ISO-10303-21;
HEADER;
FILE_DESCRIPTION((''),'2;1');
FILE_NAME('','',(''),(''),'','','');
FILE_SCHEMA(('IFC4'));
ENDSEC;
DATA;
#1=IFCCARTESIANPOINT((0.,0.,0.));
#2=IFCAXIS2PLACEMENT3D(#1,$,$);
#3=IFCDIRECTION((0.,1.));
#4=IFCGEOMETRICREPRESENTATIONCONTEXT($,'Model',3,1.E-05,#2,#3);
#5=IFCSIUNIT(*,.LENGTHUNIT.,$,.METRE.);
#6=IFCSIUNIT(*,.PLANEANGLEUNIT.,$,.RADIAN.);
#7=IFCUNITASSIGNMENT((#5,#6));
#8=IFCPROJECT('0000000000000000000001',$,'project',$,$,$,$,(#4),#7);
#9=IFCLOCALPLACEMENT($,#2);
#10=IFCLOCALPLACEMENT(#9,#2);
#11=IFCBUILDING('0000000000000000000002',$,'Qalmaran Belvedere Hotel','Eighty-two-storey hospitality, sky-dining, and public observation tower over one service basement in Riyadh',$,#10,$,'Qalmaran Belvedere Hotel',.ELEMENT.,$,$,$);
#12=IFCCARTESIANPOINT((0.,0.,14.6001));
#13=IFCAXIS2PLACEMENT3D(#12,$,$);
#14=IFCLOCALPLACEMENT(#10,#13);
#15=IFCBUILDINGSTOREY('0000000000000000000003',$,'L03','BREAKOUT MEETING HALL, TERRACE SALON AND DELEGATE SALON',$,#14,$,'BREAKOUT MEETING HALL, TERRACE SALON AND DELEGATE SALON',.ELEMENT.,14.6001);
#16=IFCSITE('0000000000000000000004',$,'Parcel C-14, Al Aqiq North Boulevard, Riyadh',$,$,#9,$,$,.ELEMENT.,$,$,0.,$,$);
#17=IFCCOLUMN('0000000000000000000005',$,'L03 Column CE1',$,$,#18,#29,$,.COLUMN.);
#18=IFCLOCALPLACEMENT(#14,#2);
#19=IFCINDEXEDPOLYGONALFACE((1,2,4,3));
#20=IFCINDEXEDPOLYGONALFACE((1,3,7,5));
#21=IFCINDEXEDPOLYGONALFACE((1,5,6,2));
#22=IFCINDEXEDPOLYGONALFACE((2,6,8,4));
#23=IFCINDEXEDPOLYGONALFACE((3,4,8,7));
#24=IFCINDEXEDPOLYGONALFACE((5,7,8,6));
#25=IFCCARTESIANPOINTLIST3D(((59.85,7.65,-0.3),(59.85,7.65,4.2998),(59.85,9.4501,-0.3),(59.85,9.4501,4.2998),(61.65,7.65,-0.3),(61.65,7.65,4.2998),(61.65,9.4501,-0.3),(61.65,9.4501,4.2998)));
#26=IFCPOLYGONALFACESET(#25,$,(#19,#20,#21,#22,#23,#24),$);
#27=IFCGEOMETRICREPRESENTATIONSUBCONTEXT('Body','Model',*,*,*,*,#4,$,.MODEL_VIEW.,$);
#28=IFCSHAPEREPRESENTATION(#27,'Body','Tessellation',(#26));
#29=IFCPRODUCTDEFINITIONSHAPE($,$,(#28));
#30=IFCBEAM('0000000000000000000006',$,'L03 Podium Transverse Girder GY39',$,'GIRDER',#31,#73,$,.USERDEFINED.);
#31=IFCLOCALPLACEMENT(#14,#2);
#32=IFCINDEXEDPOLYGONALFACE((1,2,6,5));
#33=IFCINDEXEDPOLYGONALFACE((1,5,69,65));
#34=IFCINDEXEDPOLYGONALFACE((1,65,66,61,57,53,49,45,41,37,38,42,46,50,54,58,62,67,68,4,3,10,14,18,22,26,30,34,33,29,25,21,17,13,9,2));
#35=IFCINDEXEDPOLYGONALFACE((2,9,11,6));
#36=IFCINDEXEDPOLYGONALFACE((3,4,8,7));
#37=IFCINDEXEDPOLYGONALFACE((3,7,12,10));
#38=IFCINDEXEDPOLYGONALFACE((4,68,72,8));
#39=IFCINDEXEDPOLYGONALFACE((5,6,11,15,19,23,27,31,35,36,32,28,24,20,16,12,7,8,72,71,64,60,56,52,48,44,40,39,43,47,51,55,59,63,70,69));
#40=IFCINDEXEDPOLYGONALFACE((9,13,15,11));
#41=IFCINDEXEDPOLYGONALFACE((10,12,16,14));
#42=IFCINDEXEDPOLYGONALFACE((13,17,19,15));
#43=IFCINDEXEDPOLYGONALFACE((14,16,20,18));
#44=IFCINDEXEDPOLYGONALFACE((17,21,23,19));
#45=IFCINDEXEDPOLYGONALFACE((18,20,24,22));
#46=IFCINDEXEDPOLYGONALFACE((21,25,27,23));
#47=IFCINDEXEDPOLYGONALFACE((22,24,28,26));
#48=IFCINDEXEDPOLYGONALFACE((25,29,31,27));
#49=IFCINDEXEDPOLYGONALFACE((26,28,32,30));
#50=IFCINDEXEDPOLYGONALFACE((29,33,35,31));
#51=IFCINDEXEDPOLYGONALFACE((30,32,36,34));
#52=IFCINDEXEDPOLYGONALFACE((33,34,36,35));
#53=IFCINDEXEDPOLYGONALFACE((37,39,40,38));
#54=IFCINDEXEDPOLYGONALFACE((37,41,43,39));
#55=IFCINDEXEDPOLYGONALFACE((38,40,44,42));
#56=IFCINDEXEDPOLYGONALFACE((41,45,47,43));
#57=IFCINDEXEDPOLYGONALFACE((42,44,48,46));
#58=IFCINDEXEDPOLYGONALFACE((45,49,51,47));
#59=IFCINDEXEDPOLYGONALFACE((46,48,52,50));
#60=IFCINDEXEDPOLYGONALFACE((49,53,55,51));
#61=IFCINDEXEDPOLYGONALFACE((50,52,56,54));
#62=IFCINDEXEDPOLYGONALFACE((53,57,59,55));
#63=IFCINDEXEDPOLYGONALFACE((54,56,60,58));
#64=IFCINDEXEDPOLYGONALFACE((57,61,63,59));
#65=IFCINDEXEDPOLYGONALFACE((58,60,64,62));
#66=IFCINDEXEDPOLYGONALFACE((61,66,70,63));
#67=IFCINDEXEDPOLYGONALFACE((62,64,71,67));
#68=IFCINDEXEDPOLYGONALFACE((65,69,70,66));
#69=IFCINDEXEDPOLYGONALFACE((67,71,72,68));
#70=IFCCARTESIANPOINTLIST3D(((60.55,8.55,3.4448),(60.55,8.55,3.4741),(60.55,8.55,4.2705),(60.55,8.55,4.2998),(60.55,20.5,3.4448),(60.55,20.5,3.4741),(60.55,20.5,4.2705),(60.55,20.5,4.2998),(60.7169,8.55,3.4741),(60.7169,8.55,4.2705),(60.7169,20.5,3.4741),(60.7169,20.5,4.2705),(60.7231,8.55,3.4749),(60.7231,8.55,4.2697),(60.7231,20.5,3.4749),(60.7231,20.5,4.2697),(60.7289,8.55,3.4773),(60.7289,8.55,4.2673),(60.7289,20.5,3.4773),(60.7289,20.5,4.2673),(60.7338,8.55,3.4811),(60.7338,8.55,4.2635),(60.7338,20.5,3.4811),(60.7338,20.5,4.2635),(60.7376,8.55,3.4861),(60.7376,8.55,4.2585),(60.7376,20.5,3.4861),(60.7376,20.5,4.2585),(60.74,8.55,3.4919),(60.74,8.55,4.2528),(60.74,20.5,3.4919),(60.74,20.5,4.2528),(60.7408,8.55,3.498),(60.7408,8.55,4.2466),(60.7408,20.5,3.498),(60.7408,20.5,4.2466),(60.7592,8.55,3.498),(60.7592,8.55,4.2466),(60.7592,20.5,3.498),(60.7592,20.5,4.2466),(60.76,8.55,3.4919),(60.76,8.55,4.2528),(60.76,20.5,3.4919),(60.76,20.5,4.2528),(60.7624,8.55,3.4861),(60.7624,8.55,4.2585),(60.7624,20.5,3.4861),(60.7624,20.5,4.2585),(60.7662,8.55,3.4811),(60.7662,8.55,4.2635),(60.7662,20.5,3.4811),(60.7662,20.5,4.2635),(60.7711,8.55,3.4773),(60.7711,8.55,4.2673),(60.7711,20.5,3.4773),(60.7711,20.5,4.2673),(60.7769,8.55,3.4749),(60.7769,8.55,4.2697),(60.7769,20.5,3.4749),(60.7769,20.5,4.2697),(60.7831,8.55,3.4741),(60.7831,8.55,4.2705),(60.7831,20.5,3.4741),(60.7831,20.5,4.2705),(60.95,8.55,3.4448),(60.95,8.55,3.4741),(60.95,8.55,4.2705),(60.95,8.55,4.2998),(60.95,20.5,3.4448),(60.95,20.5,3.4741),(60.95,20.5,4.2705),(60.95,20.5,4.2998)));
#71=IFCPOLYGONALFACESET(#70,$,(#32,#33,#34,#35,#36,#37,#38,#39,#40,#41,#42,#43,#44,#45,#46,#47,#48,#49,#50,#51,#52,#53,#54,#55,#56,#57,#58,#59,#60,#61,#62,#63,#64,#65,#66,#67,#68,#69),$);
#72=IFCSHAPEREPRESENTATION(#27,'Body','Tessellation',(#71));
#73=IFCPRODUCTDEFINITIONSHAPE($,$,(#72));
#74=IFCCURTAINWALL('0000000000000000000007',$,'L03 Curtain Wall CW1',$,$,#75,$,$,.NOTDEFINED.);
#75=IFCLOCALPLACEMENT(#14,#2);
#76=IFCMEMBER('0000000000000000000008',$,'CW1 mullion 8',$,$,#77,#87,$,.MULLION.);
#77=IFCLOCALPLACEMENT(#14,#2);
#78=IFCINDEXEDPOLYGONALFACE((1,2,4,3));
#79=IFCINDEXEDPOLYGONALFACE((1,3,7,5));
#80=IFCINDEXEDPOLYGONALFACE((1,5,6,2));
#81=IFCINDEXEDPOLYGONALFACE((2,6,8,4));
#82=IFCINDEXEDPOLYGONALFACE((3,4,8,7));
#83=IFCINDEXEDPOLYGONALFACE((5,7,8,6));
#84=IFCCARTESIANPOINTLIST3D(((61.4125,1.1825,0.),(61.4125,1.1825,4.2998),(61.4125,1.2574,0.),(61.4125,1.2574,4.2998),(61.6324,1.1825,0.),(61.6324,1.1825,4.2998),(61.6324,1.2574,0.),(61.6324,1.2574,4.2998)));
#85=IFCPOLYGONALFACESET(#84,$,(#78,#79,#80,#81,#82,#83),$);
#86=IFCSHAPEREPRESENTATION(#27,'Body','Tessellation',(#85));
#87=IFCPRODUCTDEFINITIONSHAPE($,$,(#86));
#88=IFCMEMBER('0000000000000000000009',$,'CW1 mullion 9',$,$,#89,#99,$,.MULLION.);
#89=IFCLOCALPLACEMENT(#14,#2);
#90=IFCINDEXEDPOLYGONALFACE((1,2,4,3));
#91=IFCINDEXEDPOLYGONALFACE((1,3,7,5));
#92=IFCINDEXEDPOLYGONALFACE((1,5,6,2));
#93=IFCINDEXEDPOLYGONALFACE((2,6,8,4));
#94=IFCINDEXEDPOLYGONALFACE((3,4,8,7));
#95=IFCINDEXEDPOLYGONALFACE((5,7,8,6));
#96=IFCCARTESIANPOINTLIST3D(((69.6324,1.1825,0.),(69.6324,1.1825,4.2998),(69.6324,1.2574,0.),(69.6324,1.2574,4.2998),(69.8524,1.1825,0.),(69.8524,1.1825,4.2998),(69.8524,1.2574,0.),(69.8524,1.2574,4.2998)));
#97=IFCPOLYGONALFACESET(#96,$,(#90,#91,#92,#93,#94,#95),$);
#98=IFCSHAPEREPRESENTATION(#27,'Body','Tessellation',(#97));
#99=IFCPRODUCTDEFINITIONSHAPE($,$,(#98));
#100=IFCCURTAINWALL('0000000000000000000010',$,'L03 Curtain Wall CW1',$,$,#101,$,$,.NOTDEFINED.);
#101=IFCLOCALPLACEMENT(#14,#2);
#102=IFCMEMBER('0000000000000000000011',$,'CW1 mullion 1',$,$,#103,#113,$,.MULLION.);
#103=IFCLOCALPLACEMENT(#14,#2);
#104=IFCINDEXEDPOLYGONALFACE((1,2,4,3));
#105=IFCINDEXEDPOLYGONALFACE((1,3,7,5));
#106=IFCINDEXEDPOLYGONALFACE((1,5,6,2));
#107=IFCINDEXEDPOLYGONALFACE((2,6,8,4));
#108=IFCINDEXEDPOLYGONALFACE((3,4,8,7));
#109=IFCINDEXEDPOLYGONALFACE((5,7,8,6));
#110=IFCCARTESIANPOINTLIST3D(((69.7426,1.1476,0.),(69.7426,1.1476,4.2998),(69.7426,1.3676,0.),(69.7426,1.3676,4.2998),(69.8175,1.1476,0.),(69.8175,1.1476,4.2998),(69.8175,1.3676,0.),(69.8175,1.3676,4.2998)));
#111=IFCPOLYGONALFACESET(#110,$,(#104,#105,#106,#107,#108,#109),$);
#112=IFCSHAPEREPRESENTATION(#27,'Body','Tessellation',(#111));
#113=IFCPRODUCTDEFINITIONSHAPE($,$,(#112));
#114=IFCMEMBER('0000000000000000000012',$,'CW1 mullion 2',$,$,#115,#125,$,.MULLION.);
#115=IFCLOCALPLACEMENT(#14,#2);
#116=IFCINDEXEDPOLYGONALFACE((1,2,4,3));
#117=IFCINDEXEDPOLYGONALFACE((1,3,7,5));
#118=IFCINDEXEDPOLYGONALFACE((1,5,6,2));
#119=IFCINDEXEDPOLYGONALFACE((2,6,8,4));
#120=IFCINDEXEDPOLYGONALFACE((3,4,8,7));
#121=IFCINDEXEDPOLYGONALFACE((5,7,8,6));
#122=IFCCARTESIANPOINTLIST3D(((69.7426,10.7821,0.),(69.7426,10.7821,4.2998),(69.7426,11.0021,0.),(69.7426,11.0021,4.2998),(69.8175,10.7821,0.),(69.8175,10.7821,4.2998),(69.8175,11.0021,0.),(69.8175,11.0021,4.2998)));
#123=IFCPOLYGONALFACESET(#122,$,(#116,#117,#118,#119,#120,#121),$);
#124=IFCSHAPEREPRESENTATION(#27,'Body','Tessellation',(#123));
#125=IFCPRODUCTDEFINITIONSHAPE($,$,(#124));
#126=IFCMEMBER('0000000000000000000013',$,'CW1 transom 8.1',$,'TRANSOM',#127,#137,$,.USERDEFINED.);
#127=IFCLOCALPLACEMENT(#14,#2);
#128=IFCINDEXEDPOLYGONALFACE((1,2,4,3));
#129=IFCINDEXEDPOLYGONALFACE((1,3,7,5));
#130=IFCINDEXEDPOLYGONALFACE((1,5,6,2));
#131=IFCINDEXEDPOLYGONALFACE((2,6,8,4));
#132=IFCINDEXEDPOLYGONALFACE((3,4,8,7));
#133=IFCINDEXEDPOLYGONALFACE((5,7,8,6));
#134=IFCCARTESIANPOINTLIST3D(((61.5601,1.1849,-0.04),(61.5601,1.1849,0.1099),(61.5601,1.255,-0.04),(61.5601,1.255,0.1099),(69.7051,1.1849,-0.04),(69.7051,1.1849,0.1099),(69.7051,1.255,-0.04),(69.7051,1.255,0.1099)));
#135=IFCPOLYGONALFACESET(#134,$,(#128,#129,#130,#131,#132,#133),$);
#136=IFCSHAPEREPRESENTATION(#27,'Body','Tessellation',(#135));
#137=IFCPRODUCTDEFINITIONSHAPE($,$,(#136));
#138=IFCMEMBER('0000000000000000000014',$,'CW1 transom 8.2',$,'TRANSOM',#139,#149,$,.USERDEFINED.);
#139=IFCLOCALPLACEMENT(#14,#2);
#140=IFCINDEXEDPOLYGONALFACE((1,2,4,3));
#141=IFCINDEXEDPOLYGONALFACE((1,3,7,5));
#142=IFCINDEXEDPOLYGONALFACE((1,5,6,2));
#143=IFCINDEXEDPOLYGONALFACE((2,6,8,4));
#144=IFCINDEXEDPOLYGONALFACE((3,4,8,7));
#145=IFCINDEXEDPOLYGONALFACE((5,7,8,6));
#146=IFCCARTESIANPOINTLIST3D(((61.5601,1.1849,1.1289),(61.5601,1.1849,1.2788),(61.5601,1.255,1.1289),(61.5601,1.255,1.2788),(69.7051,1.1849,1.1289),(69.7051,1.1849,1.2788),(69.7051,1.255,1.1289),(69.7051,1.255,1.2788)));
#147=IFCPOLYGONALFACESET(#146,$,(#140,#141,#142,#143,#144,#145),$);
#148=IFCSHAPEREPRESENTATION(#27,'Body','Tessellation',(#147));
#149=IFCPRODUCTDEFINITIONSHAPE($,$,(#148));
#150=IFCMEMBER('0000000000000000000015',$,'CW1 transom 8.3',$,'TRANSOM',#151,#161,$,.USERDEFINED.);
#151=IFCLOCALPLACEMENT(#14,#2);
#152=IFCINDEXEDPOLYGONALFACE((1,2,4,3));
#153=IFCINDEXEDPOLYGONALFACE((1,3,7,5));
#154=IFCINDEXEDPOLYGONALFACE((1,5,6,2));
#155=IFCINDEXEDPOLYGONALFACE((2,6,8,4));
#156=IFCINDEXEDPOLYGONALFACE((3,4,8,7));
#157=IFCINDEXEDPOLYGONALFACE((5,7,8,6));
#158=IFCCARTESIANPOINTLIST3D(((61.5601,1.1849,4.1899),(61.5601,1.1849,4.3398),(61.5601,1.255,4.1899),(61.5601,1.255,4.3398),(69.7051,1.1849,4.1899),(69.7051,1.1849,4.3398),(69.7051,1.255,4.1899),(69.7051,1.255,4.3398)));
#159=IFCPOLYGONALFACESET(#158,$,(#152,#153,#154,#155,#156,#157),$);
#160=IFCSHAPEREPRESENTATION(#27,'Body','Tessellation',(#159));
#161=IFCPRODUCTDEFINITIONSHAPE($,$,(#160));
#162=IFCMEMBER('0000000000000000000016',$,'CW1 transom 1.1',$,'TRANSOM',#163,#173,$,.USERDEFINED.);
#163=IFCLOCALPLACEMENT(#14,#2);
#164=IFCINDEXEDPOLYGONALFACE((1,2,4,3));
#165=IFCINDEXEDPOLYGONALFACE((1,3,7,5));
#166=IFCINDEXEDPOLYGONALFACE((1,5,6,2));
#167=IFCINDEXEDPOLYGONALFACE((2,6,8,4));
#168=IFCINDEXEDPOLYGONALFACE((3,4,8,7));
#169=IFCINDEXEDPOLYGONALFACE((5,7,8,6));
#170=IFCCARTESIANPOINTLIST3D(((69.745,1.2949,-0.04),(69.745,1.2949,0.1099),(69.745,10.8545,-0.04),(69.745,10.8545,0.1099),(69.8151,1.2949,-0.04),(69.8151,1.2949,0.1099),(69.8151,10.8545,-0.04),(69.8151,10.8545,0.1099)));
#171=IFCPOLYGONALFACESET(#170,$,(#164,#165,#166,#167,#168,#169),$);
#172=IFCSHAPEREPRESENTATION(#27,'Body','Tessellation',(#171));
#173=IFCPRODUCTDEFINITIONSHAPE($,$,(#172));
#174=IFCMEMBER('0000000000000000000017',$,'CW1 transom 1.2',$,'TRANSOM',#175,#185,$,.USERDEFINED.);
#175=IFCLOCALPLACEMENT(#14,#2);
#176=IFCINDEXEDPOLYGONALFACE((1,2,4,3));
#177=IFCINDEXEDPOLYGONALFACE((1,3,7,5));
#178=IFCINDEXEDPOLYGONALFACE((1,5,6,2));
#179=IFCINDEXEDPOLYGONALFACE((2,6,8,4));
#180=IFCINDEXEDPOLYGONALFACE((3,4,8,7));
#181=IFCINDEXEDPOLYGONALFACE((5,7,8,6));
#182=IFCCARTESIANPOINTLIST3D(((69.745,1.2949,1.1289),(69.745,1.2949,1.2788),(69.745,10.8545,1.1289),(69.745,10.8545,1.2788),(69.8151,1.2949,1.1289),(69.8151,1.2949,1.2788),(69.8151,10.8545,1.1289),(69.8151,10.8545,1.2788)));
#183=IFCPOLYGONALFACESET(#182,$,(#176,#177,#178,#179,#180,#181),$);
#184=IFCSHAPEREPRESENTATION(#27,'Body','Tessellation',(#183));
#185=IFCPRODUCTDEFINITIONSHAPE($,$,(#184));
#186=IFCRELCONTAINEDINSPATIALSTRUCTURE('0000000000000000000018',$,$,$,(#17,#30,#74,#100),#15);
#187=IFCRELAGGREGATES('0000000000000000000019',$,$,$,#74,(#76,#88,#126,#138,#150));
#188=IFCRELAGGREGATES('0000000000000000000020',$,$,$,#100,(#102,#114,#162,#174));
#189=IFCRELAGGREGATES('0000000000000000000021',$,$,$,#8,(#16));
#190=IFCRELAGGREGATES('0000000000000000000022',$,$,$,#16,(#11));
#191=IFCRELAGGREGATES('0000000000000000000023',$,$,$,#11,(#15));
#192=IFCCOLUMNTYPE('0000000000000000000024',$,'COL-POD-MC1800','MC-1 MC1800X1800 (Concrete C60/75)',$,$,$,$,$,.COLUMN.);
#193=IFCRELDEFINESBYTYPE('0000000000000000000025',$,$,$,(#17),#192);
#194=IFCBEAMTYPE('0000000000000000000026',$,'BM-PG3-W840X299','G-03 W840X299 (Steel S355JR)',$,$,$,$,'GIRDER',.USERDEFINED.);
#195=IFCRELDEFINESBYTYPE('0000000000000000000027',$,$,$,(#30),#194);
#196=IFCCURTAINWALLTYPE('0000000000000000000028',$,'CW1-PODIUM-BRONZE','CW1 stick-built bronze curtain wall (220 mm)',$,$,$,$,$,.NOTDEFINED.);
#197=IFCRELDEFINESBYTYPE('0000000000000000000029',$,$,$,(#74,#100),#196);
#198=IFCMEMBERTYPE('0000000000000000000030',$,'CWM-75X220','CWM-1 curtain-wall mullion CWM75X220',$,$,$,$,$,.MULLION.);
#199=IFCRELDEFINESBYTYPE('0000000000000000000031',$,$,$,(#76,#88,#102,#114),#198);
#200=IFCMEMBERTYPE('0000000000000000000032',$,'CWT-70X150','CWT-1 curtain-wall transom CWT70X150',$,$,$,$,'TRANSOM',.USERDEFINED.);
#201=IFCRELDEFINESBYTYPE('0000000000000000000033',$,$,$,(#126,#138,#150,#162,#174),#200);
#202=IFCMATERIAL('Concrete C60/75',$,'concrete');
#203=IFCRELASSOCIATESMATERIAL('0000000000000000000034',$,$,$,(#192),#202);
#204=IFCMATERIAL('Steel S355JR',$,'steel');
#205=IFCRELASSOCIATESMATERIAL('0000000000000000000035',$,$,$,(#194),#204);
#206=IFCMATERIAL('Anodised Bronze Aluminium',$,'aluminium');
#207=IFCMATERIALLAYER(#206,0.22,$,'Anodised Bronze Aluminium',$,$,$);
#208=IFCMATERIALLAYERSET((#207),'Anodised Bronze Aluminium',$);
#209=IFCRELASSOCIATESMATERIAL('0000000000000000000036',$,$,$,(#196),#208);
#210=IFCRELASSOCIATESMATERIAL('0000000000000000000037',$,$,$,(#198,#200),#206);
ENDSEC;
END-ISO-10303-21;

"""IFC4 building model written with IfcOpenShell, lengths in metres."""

from ifc_helpers import new_model, si_unit, direction, frame, origin, origin_2d, place, context, subcontext, project, spatial, rectangle, i_section, extrude, material, layer, layer_set, material_profile, profile_set, type_object, element, aggregate, save


model = new_model("IFC4")

# Units and contexts
model_context = context("Model", 3, precision=1e-05, world=origin(), true_north=direction((0.0, 1.0)))
body_context = subcontext(model_context, "Body", "Model", "MODEL_VIEW")
ifc_project = project(units=[si_unit("LENGTHUNIT", "METRE"), si_unit("PLANEANGLEUNIT", "RADIAN")], contexts=[model_context])

# Site, building, storey
site_placement = place(None, origin())
site = spatial("IfcSite", under=ifc_project, at=site_placement, Name="Parcel C-14, Al Aqiq North Boulevard, Riyadh", CompositionType="ELEMENT", RefElevation=0.0)
building_placement = place(site_placement, origin())
building = spatial("IfcBuilding", under=site, at=building_placement, Name="Qalmaran Belvedere Hotel", Description="Eighty-two-storey hospitality, sky-dining, and public observation tower over one service basement in Riyadh", LongName="Qalmaran Belvedere Hotel", CompositionType="ELEMENT")
storey_placement = place(building_placement, frame((0.0, 0.0, 14.6001)))
storey = spatial("IfcBuildingStorey", under=building, at=storey_placement, Name="L03", Description="BREAKOUT MEETING HALL, TERRACE SALON AND DELEGATE SALON", LongName="BREAKOUT MEETING HALL, TERRACE SALON AND DELEGATE SALON", CompositionType="ELEMENT", Elevation=14.6001)

# Column
ifc_material_1 = material(Name="Concrete C60/75", Category="concrete")
ifc_material_profile_1 = material_profile(ifc_material_1, rectangle(XDim=1.8, YDim=1.8, at=origin_2d()), Name="MC1800X1800")
ifc_profile_set_1 = profile_set([ifc_material_profile_1], Name="Concrete C60/75")
column_type = type_object("IfcColumnType", Name="COL-POD-MC1800", Description="MC-1 MC1800X1800 (Concrete C60/75)", PredefinedType="COLUMN", material=ifc_profile_set_1)
column_placement = place(storey_placement, frame((60.75, 8.55, -0.3), z_axis=(0.0, 0.0, 1.0), x_axis=(1.0, 0.0, 0.0)))
element("IfcColumn", 1, at=column_placement, inside=storey, type_object=column_type, Name="L03 Column CE1", PredefinedType="COLUMN", context=body_context, shape_type="SweptSolid", body=[
    extrude(rectangle(XDim=1.8, YDim=1.8, at=origin_2d()), origin(), (0.0, 0.0, 1.0), 4.5999),
])

# Beam
ifc_material_2 = material(Name="Steel S355JR", Category="steel")
ifc_material_profile_2 = material_profile(ifc_material_2, i_section(OverallWidth=0.3999, OverallDepth=0.855, WebThickness=0.0183, FlangeThickness=0.0293, FilletRadius=0.0239, at=origin_2d()), Name="W840X299")
ifc_profile_set_2 = profile_set([ifc_material_profile_2], Name="Steel S355JR")
beam_type = type_object("IfcBeamType", Name="BM-PG3-W840X299", Description="G-03 W840X299 (Steel S355JR)", ElementType="GIRDER", PredefinedType="USERDEFINED", material=ifc_profile_set_2)
beam_placement = place(storey_placement, frame((60.75, 8.55, 3.8723), z_axis=(0.0, 1.0, 0.0), x_axis=(-1.0, 0.0, 0.0)))
element("IfcBeam", 2, at=beam_placement, inside=storey, type_object=beam_type, Name="L03 Podium Transverse Girder GY39", ObjectType="GIRDER", PredefinedType="USERDEFINED", context=body_context, shape_type="SweptSolid", body=[
    extrude(i_section(OverallWidth=0.3999, OverallDepth=0.855, WebThickness=0.0183, FlangeThickness=0.0293, FilletRadius=0.0239, at=origin_2d()), origin(), (0.0, 0.0, 1.0), 11.95),
])

# Curtain walls, members
ifc_material_3 = material(Name="Anodised Bronze Aluminium", Category="aluminium")
ifc_layer_1 = layer(ifc_material_3, 0.22, Name="Anodised Bronze Aluminium")
ifc_layer_set_1 = layer_set([ifc_layer_1], Name="Anodised Bronze Aluminium")
curtain_wall_type = type_object("IfcCurtainWallType", Name="CW1-PODIUM-BRONZE", Description="CW1 stick-built bronze curtain wall (220 mm)", PredefinedType="NOTDEFINED", material=ifc_layer_set_1)
curtain_wall_1_placement = place(storey_placement, origin())
curtain_wall_1 = element("IfcCurtainWall", 3, at=curtain_wall_1_placement, inside=storey, type_object=curtain_wall_type, Name="L03 Curtain Wall CW1", PredefinedType="NOTDEFINED")
ifc_material_profile_3 = material_profile(ifc_material_3, rectangle(XDim=0.075, YDim=0.22, at=origin_2d()), Name="CWM75X220")
ifc_profile_set_3 = profile_set([ifc_material_profile_3], Name="Anodised Bronze Aluminium")
member_type_1 = type_object("IfcMemberType", Name="CWM-75X220", Description="CWM-1 curtain-wall mullion CWM75X220", PredefinedType="MULLION", material=ifc_profile_set_3)
member_1_placement = place(storey_placement, frame((61.5225, 1.22, 0.0), z_axis=(0.0, 0.0, 1.0), x_axis=(0.0, 1.0, 0.0)))
member_1 = element("IfcMember", 4, at=member_1_placement, type_object=member_type_1, Name="CW1 mullion 8", PredefinedType="MULLION", context=body_context, shape_type="SweptSolid", body=[
    extrude(rectangle(XDim=0.075, YDim=0.22, at=origin_2d()), origin(), (0.0, 0.0, 1.0), 4.2998),
])
member_2_placement = place(storey_placement, frame((69.7424, 1.22, 0.0), z_axis=(0.0, 0.0, 1.0), x_axis=(0.0, 1.0, 0.0)))
member_2 = element("IfcMember", 5, at=member_2_placement, type_object=member_type_1, Name="CW1 mullion 9", PredefinedType="MULLION", context=body_context, shape_type="SweptSolid", body=[
    extrude(rectangle(XDim=0.075, YDim=0.22, at=origin_2d()), origin(), (0.0, 0.0, 1.0), 4.2998),
])
curtain_wall_2_placement = place(storey_placement, origin())
curtain_wall_2 = element("IfcCurtainWall", 6, at=curtain_wall_2_placement, inside=storey, type_object=curtain_wall_type, Name="L03 Curtain Wall CW1", PredefinedType="NOTDEFINED")
member_3_placement = place(storey_placement, frame((69.78, 1.2576, 0.0), z_axis=(0.0, 0.0, 1.0), x_axis=(-1.0, 0.0, 0.0)))
member_3 = element("IfcMember", 7, at=member_3_placement, type_object=member_type_1, Name="CW1 mullion 1", PredefinedType="MULLION", context=body_context, shape_type="SweptSolid", body=[
    extrude(rectangle(XDim=0.075, YDim=0.22, at=origin_2d()), origin(), (0.0, 0.0, 1.0), 4.2998),
])
member_4_placement = place(storey_placement, frame((69.78, 10.8921, 0.0), z_axis=(0.0, 0.0, 1.0), x_axis=(-1.0, 0.0, 0.0)))
member_4 = element("IfcMember", 8, at=member_4_placement, type_object=member_type_1, Name="CW1 mullion 2", PredefinedType="MULLION", context=body_context, shape_type="SweptSolid", body=[
    extrude(rectangle(XDim=0.075, YDim=0.22, at=origin_2d()), origin(), (0.0, 0.0, 1.0), 4.2998),
])

# Members
ifc_material_profile_4 = material_profile(ifc_material_3, rectangle(XDim=0.0701, YDim=0.1499, at=origin_2d()), Name="CWT70X150")
ifc_profile_set_4 = profile_set([ifc_material_profile_4], Name="Anodised Bronze Aluminium")
member_type_2 = type_object("IfcMemberType", Name="CWT-70X150", Description="CWT-1 curtain-wall transom CWT70X150", ElementType="TRANSOM", PredefinedType="USERDEFINED", material=ifc_profile_set_4)
member_5_placement = place(storey_placement, frame((61.5601, 1.22, 0.0349), z_axis=(1.0, 0.0, 0.0), x_axis=(0.0, 1.0, 0.0)))
member_5 = element("IfcMember", 9, at=member_5_placement, type_object=member_type_2, Name="CW1 transom 8.1", ObjectType="TRANSOM", PredefinedType="USERDEFINED", context=body_context, shape_type="SweptSolid", body=[
    extrude(rectangle(XDim=0.0701, YDim=0.1499, at=origin_2d()), origin(), (0.0, 0.0, 1.0), 8.145),
])
member_6_placement = place(storey_placement, frame((61.5601, 1.22, 1.2039), z_axis=(1.0, 0.0, 0.0), x_axis=(0.0, 1.0, 0.0)))
member_6 = element("IfcMember", 10, at=member_6_placement, type_object=member_type_2, Name="CW1 transom 8.2", ObjectType="TRANSOM", PredefinedType="USERDEFINED", context=body_context, shape_type="SweptSolid", body=[
    extrude(rectangle(XDim=0.0701, YDim=0.1499, at=origin_2d()), origin(), (0.0, 0.0, 1.0), 8.145),
])
member_7_placement = place(storey_placement, frame((61.5601, 1.22, 4.2649), z_axis=(1.0, 0.0, 0.0), x_axis=(0.0, 1.0, 0.0)))
member_7 = element("IfcMember", 11, at=member_7_placement, type_object=member_type_2, Name="CW1 transom 8.3", ObjectType="TRANSOM", PredefinedType="USERDEFINED", context=body_context, shape_type="SweptSolid", body=[
    extrude(rectangle(XDim=0.0701, YDim=0.1499, at=origin_2d()), origin(), (0.0, 0.0, 1.0), 8.145),
])
member_8_placement = place(storey_placement, frame((69.78, 1.2949, 0.0349), z_axis=(0.0, 1.0, 0.0), x_axis=(-1.0, 0.0, 0.0)))
member_8 = element("IfcMember", 12, at=member_8_placement, type_object=member_type_2, Name="CW1 transom 1.1", ObjectType="TRANSOM", PredefinedType="USERDEFINED", context=body_context, shape_type="SweptSolid", body=[
    extrude(rectangle(XDim=0.0701, YDim=0.1499, at=origin_2d()), origin(), (0.0, 0.0, 1.0), 9.5596),
])
member_9_placement = place(storey_placement, frame((69.78, 1.2949, 1.2039), z_axis=(0.0, 1.0, 0.0), x_axis=(-1.0, 0.0, 0.0)))
member_9 = element("IfcMember", 13, at=member_9_placement, type_object=member_type_2, Name="CW1 transom 1.2", ObjectType="TRANSOM", PredefinedType="USERDEFINED", context=body_context, shape_type="SweptSolid", body=[
    extrude(rectangle(XDim=0.0701, YDim=0.1499, at=origin_2d()), origin(), (0.0, 0.0, 1.0), 9.5596),
])

aggregate(curtain_wall_1, [member_1, member_2, member_5, member_6, member_7])
aggregate(curtain_wall_2, [member_3, member_4, member_8, member_9])

save(model, "model.ifc")
